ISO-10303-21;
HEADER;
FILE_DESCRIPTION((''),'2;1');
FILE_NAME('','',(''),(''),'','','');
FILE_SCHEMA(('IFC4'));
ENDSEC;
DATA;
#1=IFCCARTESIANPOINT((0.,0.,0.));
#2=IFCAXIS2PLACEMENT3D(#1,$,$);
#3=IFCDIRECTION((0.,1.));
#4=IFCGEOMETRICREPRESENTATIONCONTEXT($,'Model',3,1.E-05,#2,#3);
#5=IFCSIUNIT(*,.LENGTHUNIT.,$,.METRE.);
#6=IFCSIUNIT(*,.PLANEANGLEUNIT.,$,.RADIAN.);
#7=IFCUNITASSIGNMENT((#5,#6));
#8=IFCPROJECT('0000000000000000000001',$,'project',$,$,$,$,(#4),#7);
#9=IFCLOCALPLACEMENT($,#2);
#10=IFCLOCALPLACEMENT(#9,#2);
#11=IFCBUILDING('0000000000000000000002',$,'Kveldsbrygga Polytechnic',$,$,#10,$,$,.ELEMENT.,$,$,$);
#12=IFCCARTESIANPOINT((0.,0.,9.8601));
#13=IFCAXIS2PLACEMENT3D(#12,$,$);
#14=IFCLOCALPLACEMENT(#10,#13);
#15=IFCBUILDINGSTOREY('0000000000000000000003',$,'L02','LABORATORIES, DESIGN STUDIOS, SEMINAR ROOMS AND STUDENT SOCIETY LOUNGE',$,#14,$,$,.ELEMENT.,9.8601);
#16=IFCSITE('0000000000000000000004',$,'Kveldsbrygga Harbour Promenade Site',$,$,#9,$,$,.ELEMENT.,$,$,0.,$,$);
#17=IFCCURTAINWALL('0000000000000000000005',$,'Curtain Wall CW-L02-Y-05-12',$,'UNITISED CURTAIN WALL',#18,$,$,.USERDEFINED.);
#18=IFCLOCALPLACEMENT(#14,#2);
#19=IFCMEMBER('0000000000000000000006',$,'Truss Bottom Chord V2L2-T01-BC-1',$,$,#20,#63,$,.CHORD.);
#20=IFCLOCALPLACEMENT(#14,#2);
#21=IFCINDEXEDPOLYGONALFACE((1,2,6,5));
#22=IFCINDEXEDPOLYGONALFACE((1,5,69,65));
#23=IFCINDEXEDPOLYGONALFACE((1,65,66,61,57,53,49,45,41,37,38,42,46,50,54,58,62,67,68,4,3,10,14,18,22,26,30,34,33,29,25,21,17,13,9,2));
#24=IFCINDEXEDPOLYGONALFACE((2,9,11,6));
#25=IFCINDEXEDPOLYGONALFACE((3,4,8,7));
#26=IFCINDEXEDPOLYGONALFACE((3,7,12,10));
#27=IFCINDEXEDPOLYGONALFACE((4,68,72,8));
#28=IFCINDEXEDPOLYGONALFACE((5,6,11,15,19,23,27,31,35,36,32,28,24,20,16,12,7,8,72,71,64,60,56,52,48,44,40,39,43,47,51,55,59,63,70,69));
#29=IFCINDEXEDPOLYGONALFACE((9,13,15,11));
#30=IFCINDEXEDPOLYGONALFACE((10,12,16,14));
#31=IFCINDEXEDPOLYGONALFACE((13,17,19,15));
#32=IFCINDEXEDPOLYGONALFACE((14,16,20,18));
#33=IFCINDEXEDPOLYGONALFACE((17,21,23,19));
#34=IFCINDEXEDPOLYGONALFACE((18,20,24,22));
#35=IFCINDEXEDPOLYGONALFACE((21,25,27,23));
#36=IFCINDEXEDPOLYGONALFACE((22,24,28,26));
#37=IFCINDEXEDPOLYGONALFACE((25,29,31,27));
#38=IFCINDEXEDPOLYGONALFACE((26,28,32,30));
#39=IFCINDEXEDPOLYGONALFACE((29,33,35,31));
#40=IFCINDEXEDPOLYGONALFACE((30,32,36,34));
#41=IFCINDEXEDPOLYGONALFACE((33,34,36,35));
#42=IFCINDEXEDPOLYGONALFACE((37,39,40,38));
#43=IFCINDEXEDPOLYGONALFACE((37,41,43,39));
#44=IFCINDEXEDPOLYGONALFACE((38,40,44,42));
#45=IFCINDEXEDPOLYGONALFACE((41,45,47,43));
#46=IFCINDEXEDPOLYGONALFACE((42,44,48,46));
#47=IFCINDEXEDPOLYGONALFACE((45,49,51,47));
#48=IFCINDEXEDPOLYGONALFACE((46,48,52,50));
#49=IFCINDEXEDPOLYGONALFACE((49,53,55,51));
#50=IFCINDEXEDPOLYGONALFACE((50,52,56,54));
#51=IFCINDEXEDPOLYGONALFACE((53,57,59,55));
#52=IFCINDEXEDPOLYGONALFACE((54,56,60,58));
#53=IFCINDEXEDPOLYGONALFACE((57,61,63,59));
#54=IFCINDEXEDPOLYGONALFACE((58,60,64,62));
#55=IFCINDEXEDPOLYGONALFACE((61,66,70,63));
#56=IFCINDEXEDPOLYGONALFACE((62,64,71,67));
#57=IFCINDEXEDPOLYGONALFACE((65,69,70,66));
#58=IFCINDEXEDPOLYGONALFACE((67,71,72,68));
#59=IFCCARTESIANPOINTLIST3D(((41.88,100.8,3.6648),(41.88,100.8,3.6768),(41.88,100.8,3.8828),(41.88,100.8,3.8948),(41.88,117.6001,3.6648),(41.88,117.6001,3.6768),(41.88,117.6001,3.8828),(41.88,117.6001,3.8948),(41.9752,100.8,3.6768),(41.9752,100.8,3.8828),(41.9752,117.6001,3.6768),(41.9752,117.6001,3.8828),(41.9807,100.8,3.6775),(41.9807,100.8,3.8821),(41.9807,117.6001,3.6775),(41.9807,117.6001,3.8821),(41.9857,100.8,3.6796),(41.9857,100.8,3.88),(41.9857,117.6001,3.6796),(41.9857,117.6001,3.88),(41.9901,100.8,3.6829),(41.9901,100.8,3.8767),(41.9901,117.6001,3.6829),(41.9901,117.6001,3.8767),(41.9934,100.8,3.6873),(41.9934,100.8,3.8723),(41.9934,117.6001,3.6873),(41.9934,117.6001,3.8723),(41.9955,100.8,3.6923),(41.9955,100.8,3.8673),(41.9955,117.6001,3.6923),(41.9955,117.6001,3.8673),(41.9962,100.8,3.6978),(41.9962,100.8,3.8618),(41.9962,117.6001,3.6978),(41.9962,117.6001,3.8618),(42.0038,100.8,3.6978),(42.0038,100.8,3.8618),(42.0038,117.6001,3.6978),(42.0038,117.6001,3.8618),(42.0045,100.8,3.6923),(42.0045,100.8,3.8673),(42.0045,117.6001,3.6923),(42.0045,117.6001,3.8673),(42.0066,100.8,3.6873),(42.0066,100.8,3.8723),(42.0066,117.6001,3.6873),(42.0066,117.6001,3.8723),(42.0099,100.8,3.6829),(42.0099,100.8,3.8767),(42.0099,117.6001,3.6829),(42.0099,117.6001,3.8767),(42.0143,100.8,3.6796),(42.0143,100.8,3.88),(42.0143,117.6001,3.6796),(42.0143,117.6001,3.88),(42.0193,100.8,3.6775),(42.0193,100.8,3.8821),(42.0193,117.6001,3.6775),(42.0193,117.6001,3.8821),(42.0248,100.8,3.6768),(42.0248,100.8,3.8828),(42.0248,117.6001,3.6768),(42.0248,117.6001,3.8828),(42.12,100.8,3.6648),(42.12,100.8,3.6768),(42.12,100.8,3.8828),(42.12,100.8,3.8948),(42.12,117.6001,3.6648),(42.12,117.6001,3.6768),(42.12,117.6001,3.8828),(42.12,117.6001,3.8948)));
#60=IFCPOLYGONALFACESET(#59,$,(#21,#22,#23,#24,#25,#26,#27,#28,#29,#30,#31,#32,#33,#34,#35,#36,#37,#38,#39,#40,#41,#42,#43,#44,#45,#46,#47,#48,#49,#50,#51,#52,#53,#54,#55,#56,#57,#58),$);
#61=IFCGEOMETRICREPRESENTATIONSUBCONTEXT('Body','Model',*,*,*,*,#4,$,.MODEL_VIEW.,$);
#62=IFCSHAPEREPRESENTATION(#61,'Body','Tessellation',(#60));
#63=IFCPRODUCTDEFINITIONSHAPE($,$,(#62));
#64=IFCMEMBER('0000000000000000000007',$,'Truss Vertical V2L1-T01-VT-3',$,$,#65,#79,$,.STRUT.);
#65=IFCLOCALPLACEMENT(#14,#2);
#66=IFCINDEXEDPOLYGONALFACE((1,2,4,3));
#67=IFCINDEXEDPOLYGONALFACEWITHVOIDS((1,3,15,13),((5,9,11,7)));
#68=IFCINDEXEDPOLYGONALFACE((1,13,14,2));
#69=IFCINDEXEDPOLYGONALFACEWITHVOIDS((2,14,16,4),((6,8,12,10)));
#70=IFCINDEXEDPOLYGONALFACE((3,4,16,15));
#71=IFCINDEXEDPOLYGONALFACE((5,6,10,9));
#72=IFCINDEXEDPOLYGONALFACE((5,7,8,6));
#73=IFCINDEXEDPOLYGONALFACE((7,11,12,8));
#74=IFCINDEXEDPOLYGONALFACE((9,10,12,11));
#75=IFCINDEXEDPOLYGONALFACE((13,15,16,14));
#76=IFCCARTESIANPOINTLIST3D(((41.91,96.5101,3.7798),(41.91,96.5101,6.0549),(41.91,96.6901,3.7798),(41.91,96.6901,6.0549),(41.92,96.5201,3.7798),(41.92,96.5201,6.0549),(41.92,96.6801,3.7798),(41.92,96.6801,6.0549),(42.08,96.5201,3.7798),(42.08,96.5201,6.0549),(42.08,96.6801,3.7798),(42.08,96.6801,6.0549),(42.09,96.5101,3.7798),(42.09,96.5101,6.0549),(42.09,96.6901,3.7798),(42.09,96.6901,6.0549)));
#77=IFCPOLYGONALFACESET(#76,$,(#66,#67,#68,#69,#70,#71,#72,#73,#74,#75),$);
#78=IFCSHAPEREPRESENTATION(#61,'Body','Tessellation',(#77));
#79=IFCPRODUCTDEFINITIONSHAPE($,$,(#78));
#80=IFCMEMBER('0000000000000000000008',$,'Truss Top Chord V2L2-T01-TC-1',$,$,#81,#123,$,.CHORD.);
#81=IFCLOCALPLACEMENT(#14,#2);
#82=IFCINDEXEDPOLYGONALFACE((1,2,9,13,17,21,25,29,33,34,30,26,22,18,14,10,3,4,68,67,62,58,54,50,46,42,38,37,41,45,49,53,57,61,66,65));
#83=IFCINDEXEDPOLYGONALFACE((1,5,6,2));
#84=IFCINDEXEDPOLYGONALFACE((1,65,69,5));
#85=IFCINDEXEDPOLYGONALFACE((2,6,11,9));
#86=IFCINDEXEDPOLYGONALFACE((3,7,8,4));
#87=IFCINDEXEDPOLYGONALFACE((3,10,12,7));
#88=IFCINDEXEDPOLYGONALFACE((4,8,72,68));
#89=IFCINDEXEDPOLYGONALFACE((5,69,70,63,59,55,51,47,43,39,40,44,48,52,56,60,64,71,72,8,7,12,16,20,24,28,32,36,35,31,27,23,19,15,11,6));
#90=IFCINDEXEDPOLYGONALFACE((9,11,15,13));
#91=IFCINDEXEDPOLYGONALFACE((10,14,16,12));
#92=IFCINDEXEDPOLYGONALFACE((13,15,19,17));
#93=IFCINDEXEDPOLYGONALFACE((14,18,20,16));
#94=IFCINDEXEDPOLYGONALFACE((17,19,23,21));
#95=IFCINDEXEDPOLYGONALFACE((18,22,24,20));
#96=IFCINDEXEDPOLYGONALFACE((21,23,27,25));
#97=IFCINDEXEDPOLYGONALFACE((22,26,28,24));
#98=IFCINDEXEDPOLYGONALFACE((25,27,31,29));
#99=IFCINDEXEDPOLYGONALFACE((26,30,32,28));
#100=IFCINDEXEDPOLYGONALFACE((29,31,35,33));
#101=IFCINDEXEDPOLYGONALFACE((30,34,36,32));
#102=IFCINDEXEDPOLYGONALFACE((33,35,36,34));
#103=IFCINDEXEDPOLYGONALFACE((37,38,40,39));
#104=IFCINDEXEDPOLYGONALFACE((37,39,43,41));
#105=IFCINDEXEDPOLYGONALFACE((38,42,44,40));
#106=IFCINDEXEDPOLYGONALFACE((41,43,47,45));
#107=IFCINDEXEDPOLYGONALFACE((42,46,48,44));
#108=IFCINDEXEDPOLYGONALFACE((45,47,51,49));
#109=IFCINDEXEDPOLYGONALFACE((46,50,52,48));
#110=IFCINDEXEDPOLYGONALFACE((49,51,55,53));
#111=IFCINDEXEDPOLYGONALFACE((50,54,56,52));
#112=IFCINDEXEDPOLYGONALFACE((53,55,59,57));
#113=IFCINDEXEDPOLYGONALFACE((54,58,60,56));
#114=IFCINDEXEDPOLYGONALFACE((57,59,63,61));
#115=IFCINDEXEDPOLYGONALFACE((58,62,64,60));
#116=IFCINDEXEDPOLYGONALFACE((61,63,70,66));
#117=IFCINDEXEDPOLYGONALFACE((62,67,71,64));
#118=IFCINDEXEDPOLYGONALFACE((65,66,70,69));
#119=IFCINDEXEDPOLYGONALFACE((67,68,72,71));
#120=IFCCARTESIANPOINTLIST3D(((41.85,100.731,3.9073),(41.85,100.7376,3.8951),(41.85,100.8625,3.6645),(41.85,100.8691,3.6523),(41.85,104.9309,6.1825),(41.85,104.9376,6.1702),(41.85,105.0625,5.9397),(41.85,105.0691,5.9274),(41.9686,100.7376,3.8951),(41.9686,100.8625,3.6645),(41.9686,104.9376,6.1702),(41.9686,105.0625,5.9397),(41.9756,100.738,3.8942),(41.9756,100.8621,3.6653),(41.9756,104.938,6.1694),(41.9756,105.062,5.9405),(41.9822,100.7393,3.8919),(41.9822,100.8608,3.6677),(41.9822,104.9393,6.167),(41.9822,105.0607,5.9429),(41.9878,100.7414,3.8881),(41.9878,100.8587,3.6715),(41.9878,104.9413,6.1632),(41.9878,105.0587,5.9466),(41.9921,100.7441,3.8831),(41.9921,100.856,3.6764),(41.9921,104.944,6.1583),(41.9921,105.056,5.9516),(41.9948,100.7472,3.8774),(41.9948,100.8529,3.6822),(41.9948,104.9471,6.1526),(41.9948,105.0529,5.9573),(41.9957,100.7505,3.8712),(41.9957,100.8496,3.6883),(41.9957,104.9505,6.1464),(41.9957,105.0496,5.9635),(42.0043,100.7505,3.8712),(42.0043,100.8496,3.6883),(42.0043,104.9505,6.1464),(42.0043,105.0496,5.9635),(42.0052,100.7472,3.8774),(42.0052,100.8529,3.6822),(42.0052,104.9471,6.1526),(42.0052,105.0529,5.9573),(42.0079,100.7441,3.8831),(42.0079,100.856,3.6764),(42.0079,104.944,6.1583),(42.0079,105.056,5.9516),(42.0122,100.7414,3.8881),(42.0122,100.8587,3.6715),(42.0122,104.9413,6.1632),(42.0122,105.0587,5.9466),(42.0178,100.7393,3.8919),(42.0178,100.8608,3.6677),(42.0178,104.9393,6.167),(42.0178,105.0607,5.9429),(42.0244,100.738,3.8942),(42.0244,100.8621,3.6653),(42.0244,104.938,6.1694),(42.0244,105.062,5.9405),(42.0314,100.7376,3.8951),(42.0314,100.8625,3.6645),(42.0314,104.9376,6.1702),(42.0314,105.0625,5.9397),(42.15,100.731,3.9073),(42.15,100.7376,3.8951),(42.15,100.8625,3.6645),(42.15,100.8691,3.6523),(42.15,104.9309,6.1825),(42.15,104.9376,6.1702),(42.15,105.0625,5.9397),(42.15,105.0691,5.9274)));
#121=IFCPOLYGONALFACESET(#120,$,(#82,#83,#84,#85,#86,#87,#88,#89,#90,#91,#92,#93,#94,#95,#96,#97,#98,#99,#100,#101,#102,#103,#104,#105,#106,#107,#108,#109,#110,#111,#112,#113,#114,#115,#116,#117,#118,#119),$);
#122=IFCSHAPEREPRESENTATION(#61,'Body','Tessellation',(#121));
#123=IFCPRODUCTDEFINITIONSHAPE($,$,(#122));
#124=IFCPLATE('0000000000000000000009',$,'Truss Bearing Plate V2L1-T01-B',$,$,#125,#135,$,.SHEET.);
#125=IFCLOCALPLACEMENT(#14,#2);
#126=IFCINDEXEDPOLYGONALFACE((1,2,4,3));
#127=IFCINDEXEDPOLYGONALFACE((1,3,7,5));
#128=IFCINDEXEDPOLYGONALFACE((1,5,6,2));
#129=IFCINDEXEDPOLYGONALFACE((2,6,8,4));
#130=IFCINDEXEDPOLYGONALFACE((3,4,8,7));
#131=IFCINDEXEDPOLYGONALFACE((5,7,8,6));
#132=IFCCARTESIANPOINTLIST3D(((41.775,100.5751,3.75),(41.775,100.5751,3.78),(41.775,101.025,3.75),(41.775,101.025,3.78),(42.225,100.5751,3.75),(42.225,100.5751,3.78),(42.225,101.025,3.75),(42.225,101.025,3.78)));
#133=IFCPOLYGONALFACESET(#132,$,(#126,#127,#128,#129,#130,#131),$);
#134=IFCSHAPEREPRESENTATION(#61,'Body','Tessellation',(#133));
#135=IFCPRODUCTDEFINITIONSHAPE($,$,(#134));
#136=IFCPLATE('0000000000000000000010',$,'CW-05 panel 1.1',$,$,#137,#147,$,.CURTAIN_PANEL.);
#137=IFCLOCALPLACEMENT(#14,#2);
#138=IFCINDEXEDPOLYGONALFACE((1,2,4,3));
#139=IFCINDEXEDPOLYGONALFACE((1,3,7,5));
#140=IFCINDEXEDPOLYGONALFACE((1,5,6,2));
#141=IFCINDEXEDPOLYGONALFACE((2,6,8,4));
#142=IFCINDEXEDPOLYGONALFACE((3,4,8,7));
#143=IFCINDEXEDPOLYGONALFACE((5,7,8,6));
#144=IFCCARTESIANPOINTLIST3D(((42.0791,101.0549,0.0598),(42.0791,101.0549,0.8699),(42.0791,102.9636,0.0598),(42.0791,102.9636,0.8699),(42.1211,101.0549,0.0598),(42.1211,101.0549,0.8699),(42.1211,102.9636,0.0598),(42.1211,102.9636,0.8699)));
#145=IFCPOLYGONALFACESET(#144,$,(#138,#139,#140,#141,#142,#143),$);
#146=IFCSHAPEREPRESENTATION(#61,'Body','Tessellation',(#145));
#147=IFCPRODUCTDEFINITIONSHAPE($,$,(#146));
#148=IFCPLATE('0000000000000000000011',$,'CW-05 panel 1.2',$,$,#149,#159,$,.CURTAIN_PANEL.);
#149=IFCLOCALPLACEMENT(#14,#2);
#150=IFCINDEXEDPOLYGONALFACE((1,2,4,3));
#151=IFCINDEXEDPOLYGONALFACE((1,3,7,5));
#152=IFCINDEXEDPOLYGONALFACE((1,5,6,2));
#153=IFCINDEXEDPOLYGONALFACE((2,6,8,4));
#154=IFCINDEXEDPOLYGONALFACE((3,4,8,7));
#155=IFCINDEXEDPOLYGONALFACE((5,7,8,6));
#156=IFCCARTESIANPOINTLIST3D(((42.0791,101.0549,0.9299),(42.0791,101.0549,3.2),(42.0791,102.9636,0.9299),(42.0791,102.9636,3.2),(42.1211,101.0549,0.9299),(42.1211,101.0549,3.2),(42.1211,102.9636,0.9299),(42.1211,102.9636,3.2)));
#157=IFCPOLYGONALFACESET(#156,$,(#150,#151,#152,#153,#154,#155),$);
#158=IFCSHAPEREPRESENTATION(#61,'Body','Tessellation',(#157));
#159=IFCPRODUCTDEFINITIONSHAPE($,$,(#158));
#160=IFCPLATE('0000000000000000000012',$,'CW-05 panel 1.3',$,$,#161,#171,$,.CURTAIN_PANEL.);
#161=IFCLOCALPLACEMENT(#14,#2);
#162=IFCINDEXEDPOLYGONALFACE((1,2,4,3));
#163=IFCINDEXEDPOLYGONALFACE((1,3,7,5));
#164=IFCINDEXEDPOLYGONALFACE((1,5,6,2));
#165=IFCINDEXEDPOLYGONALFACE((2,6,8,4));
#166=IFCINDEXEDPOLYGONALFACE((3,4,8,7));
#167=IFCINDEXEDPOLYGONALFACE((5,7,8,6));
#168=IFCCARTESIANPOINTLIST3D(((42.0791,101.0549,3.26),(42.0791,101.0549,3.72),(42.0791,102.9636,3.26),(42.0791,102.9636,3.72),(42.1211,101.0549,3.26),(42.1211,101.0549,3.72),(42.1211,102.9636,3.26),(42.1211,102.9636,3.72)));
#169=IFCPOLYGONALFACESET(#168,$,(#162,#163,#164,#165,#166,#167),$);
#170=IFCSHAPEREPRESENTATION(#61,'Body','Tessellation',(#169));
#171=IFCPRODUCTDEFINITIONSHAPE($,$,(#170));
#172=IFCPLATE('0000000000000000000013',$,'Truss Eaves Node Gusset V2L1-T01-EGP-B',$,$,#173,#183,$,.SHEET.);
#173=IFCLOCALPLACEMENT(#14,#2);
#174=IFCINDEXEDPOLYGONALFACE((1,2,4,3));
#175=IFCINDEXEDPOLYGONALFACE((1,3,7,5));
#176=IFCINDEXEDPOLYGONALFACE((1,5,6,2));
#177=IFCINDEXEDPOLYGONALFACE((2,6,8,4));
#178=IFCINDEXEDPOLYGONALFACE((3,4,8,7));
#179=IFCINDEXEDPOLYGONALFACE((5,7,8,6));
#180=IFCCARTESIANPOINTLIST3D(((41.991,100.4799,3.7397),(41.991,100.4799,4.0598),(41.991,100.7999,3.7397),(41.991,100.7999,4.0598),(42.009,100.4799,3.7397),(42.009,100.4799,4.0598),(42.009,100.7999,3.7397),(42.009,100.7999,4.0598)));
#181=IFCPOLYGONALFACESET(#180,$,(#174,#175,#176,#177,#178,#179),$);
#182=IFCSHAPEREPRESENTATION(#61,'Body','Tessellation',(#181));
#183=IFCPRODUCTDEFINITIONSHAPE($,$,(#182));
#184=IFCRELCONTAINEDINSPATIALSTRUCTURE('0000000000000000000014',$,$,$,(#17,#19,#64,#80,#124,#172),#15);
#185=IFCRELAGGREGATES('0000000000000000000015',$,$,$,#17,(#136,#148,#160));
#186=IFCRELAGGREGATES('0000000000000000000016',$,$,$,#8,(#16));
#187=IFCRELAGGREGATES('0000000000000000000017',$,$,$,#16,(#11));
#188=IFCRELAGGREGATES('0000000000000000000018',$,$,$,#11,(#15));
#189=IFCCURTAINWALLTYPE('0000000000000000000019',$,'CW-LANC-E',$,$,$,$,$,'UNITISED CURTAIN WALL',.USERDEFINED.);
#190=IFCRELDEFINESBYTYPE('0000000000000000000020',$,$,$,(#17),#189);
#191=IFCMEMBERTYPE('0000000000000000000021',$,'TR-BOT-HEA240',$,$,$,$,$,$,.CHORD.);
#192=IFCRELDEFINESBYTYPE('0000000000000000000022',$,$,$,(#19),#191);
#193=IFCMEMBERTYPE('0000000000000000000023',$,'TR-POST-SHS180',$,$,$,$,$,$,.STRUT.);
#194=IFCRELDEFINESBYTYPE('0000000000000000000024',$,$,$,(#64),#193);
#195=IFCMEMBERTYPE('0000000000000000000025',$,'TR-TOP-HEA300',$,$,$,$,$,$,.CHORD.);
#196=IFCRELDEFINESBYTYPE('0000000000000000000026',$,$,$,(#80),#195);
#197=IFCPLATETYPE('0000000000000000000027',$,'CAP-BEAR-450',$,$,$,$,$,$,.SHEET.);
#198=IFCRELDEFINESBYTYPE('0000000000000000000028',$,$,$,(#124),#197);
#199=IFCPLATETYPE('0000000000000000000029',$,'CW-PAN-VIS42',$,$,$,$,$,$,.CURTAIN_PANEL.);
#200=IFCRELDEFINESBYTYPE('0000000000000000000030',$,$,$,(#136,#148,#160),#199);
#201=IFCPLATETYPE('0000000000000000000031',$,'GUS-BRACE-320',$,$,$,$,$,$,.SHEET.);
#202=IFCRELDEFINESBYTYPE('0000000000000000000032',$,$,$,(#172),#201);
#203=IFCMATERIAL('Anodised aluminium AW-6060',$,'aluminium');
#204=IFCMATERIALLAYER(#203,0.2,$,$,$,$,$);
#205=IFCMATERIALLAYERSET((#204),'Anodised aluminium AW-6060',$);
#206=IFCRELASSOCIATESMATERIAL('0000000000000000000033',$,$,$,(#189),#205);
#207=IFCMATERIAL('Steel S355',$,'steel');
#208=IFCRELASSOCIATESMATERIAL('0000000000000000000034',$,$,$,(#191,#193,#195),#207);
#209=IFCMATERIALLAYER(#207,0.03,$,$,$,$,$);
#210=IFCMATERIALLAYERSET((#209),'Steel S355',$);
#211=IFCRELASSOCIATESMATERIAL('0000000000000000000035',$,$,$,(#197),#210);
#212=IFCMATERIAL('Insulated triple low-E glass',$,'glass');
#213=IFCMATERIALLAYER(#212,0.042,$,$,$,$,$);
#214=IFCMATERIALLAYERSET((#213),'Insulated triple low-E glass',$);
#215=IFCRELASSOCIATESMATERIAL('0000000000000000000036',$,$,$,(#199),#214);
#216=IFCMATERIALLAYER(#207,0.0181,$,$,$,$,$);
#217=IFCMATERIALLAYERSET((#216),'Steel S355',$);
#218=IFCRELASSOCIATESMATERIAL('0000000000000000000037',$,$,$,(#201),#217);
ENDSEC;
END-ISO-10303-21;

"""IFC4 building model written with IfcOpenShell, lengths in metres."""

from ifc_helpers import new_model, si_unit, direction, frame, origin, origin_2d, place, context, subcontext, project, spatial, rectangle, hollow_rectangle, i_section, extrude, material, layer, layer_set, material_profile, profile_set, type_object, element, aggregate, save


model = new_model("IFC4")

# Units and contexts
model_context = context("Model", 3, precision=1e-05, world=origin(), true_north=direction((0.0, 1.0)))
body_context = subcontext(model_context, "Body", "Model", "MODEL_VIEW")
ifc_project = project(units=[si_unit("LENGTHUNIT", "METRE"), si_unit("PLANEANGLEUNIT", "RADIAN")], contexts=[model_context])

# Site, building, storey
site_placement = place(None, origin())
site = spatial("IfcSite", under=ifc_project, at=site_placement, Name="Kveldsbrygga Harbour Promenade Site", CompositionType="ELEMENT", RefElevation=0.0)
building_placement = place(site_placement, origin())
building = spatial("IfcBuilding", under=site, at=building_placement, Name="Kveldsbrygga Polytechnic", CompositionType="ELEMENT")
storey_placement = place(building_placement, frame((0.0, 0.0, 9.8601)))
storey = spatial("IfcBuildingStorey", under=building, at=storey_placement, Name="L02", Description="LABORATORIES, DESIGN STUDIOS, SEMINAR ROOMS AND STUDENT SOCIETY LOUNGE", CompositionType="ELEMENT", Elevation=9.8601)

# Curtain wall
ifc_material_1 = material(Name="Anodised aluminium AW-6060", Category="aluminium")
ifc_layer_1 = layer(ifc_material_1, 0.2)
ifc_layer_set_1 = layer_set([ifc_layer_1], Name="Anodised aluminium AW-6060")
curtain_wall_type = type_object("IfcCurtainWallType", Name="CW-LANC-E", ElementType="UNITISED CURTAIN WALL", PredefinedType="USERDEFINED", material=ifc_layer_set_1)
curtain_wall_placement = place(storey_placement, origin())
curtain_wall = element("IfcCurtainWall", 1, at=curtain_wall_placement, inside=storey, type_object=curtain_wall_type, Name="Curtain Wall CW-L02-Y-05-12", ObjectType="UNITISED CURTAIN WALL", PredefinedType="USERDEFINED")

# Members
ifc_material_2 = material(Name="Steel S355", Category="steel")
ifc_material_profile_1 = material_profile(ifc_material_2, i_section(OverallWidth=0.24, OverallDepth=0.23, WebThickness=0.0076, FlangeThickness=0.012, FilletRadius=0.021, at=origin_2d()), Name="HEA 240")
ifc_profile_set_1 = profile_set([ifc_material_profile_1], Name="Steel S355")
member_type_1 = type_object("IfcMemberType", Name="TR-BOT-HEA240", PredefinedType="CHORD", material=ifc_profile_set_1)
member_1_placement = place(storey_placement, frame((42.0, 100.8, 3.7798), z_axis=(0.0, 1.0, 0.0), x_axis=(-1.0, 0.0, 0.0)))
element("IfcMember", 2, at=member_1_placement, inside=storey, type_object=member_type_1, Name="Truss Bottom Chord V2L2-T01-BC-1", PredefinedType="CHORD", context=body_context, shape_type="SweptSolid", body=[
    extrude(i_section(OverallWidth=0.24, OverallDepth=0.23, WebThickness=0.0076, FlangeThickness=0.012, FilletRadius=0.021, at=origin_2d()), origin(), (0.0, 0.0, 1.0), 16.8),
])
ifc_material_profile_2 = material_profile(ifc_material_2, hollow_rectangle(XDim=0.1799, YDim=0.1799, WallThickness=0.01, at=origin_2d()), Name="SHS 180x180x10.0")
ifc_profile_set_2 = profile_set([ifc_material_profile_2], Name="Steel S355")
member_type_2 = type_object("IfcMemberType", Name="TR-POST-SHS180", PredefinedType="STRUT", material=ifc_profile_set_2)
member_2_placement = place(storey_placement, frame((42.0, 96.6001, 3.7798), z_axis=(0.0, 0.0, 1.0), x_axis=(1.0, 0.0, 0.0)))
element("IfcMember", 3, at=member_2_placement, inside=storey, type_object=member_type_2, Name="Truss Vertical V2L1-T01-VT-3", PredefinedType="STRUT", context=body_context, shape_type="SweptSolid", body=[
    extrude(hollow_rectangle(XDim=0.1799, YDim=0.1799, WallThickness=0.01, at=origin_2d()), origin(), (0.0, 0.0, 1.0), 2.2751),
])
ifc_material_profile_3 = material_profile(ifc_material_2, i_section(OverallWidth=0.3, OverallDepth=0.29, WebThickness=0.0085, FlangeThickness=0.0139, FilletRadius=0.0271, at=origin_2d()), Name="HEA 300")
ifc_profile_set_3 = profile_set([ifc_material_profile_3], Name="Steel S355")
member_type_3 = type_object("IfcMemberType", Name="TR-TOP-HEA300", PredefinedType="CHORD", material=ifc_profile_set_3)
member_3_placement = place(storey_placement, frame((42.0, 100.8, 3.7798), z_axis=(0.0, 0.879277, 0.476311), x_axis=(-1.0, 0.0, 0.0)))
element("IfcMember", 4, at=member_3_placement, inside=storey, type_object=member_type_3, Name="Truss Top Chord V2L2-T01-TC-1", PredefinedType="CHORD", context=body_context, shape_type="SweptSolid", body=[
    extrude(i_section(OverallWidth=0.3, OverallDepth=0.29, WebThickness=0.0085, FlangeThickness=0.0139, FilletRadius=0.0271, at=origin_2d()), origin(), (0.0, 0.0, 1.0), 4.7766),
])

# Plates
ifc_layer_2 = layer(ifc_material_2, 0.03)
ifc_layer_set_2 = layer_set([ifc_layer_2], Name="Steel S355")
plate_type_1 = type_object("IfcPlateType", Name="CAP-BEAR-450", PredefinedType="SHEET", material=ifc_layer_set_2)
plate_1_placement = place(storey_placement, frame((42.0, 100.8, 3.75), z_axis=(0.0, 0.0, 1.0), x_axis=(1.0, 0.0, 0.0)))
element("IfcPlate", 5, at=plate_1_placement, inside=storey, type_object=plate_type_1, Name="Truss Bearing Plate V2L1-T01-B", PredefinedType="SHEET", context=body_context, shape_type="SweptSolid", body=[
    extrude(rectangle(XDim=0.45, YDim=0.45, at=origin_2d()), origin(), (0.0, 0.0, 1.0), 0.03),
])
ifc_material_3 = material(Name="Insulated triple low-E glass", Category="glass")
ifc_layer_3 = layer(ifc_material_3, 0.042)
ifc_layer_set_3 = layer_set([ifc_layer_3], Name="Insulated triple low-E glass")
plate_type_2 = type_object("IfcPlateType", Name="CW-PAN-VIS42", PredefinedType="CURTAIN_PANEL", material=ifc_layer_set_3)
plate_2_placement = place(storey_placement, frame((42.1001, 102.0093, 0.0598), z_axis=(0.0, 0.0, 1.0), x_axis=(0.0, 1.0, 0.0)))
plate_2 = element("IfcPlate", 6, at=plate_2_placement, type_object=plate_type_2, Name="CW-05 panel 1.1", PredefinedType="CURTAIN_PANEL", context=body_context, shape_type="SweptSolid", body=[
    extrude(rectangle(XDim=1.9087, YDim=0.042, at=origin_2d()), origin(), (0.0, 0.0, 1.0), 0.8101),
])
plate_3_placement = place(storey_placement, frame((42.1001, 102.0093, 0.9299), z_axis=(0.0, 0.0, 1.0), x_axis=(0.0, 1.0, 0.0)))
plate_3 = element("IfcPlate", 7, at=plate_3_placement, type_object=plate_type_2, Name="CW-05 panel 1.2", PredefinedType="CURTAIN_PANEL", context=body_context, shape_type="SweptSolid", body=[
    extrude(rectangle(XDim=1.9087, YDim=0.042, at=origin_2d()), origin(), (0.0, 0.0, 1.0), 2.27),
])
plate_4_placement = place(storey_placement, frame((42.1001, 102.0093, 3.26), z_axis=(0.0, 0.0, 1.0), x_axis=(0.0, 1.0, 0.0)))
plate_4 = element("IfcPlate", 8, at=plate_4_placement, type_object=plate_type_2, Name="CW-05 panel 1.3", PredefinedType="CURTAIN_PANEL", context=body_context, shape_type="SweptSolid", body=[
    extrude(rectangle(XDim=1.9087, YDim=0.042, at=origin_2d()), origin(), (0.0, 0.0, 1.0), 0.46),
])
aggregate(curtain_wall, [plate_2, plate_3, plate_4])

# Plate
ifc_layer_4 = layer(ifc_material_2, 0.0181)
ifc_layer_set_4 = layer_set([ifc_layer_4], Name="Steel S355")
plate_type_3 = type_object("IfcPlateType", Name="GUS-BRACE-320", PredefinedType="SHEET", material=ifc_layer_set_4)
for number, where, z_axis, x_axis, name in (
    (9, (42.0, 100.6399, 3.7397), (0.0, 0.0, 1.0), (1.0, 0.0, 0.0), "Truss Eaves Node Gusset V2L1-T01-EGP-B"),
):
    element("IfcPlate", number, at=place(storey_placement, frame(where, z_axis=z_axis, x_axis=x_axis)), inside=storey, type_object=plate_type_3, Name=name, PredefinedType="SHEET", context=body_context, shape_type="SweptSolid", body=[
        extrude(rectangle(XDim=0.0181, YDim=0.3201, at=origin_2d()), origin(), (0.0, 0.0, 1.0), 0.3201),
    ])

save(model, "model.ifc")
